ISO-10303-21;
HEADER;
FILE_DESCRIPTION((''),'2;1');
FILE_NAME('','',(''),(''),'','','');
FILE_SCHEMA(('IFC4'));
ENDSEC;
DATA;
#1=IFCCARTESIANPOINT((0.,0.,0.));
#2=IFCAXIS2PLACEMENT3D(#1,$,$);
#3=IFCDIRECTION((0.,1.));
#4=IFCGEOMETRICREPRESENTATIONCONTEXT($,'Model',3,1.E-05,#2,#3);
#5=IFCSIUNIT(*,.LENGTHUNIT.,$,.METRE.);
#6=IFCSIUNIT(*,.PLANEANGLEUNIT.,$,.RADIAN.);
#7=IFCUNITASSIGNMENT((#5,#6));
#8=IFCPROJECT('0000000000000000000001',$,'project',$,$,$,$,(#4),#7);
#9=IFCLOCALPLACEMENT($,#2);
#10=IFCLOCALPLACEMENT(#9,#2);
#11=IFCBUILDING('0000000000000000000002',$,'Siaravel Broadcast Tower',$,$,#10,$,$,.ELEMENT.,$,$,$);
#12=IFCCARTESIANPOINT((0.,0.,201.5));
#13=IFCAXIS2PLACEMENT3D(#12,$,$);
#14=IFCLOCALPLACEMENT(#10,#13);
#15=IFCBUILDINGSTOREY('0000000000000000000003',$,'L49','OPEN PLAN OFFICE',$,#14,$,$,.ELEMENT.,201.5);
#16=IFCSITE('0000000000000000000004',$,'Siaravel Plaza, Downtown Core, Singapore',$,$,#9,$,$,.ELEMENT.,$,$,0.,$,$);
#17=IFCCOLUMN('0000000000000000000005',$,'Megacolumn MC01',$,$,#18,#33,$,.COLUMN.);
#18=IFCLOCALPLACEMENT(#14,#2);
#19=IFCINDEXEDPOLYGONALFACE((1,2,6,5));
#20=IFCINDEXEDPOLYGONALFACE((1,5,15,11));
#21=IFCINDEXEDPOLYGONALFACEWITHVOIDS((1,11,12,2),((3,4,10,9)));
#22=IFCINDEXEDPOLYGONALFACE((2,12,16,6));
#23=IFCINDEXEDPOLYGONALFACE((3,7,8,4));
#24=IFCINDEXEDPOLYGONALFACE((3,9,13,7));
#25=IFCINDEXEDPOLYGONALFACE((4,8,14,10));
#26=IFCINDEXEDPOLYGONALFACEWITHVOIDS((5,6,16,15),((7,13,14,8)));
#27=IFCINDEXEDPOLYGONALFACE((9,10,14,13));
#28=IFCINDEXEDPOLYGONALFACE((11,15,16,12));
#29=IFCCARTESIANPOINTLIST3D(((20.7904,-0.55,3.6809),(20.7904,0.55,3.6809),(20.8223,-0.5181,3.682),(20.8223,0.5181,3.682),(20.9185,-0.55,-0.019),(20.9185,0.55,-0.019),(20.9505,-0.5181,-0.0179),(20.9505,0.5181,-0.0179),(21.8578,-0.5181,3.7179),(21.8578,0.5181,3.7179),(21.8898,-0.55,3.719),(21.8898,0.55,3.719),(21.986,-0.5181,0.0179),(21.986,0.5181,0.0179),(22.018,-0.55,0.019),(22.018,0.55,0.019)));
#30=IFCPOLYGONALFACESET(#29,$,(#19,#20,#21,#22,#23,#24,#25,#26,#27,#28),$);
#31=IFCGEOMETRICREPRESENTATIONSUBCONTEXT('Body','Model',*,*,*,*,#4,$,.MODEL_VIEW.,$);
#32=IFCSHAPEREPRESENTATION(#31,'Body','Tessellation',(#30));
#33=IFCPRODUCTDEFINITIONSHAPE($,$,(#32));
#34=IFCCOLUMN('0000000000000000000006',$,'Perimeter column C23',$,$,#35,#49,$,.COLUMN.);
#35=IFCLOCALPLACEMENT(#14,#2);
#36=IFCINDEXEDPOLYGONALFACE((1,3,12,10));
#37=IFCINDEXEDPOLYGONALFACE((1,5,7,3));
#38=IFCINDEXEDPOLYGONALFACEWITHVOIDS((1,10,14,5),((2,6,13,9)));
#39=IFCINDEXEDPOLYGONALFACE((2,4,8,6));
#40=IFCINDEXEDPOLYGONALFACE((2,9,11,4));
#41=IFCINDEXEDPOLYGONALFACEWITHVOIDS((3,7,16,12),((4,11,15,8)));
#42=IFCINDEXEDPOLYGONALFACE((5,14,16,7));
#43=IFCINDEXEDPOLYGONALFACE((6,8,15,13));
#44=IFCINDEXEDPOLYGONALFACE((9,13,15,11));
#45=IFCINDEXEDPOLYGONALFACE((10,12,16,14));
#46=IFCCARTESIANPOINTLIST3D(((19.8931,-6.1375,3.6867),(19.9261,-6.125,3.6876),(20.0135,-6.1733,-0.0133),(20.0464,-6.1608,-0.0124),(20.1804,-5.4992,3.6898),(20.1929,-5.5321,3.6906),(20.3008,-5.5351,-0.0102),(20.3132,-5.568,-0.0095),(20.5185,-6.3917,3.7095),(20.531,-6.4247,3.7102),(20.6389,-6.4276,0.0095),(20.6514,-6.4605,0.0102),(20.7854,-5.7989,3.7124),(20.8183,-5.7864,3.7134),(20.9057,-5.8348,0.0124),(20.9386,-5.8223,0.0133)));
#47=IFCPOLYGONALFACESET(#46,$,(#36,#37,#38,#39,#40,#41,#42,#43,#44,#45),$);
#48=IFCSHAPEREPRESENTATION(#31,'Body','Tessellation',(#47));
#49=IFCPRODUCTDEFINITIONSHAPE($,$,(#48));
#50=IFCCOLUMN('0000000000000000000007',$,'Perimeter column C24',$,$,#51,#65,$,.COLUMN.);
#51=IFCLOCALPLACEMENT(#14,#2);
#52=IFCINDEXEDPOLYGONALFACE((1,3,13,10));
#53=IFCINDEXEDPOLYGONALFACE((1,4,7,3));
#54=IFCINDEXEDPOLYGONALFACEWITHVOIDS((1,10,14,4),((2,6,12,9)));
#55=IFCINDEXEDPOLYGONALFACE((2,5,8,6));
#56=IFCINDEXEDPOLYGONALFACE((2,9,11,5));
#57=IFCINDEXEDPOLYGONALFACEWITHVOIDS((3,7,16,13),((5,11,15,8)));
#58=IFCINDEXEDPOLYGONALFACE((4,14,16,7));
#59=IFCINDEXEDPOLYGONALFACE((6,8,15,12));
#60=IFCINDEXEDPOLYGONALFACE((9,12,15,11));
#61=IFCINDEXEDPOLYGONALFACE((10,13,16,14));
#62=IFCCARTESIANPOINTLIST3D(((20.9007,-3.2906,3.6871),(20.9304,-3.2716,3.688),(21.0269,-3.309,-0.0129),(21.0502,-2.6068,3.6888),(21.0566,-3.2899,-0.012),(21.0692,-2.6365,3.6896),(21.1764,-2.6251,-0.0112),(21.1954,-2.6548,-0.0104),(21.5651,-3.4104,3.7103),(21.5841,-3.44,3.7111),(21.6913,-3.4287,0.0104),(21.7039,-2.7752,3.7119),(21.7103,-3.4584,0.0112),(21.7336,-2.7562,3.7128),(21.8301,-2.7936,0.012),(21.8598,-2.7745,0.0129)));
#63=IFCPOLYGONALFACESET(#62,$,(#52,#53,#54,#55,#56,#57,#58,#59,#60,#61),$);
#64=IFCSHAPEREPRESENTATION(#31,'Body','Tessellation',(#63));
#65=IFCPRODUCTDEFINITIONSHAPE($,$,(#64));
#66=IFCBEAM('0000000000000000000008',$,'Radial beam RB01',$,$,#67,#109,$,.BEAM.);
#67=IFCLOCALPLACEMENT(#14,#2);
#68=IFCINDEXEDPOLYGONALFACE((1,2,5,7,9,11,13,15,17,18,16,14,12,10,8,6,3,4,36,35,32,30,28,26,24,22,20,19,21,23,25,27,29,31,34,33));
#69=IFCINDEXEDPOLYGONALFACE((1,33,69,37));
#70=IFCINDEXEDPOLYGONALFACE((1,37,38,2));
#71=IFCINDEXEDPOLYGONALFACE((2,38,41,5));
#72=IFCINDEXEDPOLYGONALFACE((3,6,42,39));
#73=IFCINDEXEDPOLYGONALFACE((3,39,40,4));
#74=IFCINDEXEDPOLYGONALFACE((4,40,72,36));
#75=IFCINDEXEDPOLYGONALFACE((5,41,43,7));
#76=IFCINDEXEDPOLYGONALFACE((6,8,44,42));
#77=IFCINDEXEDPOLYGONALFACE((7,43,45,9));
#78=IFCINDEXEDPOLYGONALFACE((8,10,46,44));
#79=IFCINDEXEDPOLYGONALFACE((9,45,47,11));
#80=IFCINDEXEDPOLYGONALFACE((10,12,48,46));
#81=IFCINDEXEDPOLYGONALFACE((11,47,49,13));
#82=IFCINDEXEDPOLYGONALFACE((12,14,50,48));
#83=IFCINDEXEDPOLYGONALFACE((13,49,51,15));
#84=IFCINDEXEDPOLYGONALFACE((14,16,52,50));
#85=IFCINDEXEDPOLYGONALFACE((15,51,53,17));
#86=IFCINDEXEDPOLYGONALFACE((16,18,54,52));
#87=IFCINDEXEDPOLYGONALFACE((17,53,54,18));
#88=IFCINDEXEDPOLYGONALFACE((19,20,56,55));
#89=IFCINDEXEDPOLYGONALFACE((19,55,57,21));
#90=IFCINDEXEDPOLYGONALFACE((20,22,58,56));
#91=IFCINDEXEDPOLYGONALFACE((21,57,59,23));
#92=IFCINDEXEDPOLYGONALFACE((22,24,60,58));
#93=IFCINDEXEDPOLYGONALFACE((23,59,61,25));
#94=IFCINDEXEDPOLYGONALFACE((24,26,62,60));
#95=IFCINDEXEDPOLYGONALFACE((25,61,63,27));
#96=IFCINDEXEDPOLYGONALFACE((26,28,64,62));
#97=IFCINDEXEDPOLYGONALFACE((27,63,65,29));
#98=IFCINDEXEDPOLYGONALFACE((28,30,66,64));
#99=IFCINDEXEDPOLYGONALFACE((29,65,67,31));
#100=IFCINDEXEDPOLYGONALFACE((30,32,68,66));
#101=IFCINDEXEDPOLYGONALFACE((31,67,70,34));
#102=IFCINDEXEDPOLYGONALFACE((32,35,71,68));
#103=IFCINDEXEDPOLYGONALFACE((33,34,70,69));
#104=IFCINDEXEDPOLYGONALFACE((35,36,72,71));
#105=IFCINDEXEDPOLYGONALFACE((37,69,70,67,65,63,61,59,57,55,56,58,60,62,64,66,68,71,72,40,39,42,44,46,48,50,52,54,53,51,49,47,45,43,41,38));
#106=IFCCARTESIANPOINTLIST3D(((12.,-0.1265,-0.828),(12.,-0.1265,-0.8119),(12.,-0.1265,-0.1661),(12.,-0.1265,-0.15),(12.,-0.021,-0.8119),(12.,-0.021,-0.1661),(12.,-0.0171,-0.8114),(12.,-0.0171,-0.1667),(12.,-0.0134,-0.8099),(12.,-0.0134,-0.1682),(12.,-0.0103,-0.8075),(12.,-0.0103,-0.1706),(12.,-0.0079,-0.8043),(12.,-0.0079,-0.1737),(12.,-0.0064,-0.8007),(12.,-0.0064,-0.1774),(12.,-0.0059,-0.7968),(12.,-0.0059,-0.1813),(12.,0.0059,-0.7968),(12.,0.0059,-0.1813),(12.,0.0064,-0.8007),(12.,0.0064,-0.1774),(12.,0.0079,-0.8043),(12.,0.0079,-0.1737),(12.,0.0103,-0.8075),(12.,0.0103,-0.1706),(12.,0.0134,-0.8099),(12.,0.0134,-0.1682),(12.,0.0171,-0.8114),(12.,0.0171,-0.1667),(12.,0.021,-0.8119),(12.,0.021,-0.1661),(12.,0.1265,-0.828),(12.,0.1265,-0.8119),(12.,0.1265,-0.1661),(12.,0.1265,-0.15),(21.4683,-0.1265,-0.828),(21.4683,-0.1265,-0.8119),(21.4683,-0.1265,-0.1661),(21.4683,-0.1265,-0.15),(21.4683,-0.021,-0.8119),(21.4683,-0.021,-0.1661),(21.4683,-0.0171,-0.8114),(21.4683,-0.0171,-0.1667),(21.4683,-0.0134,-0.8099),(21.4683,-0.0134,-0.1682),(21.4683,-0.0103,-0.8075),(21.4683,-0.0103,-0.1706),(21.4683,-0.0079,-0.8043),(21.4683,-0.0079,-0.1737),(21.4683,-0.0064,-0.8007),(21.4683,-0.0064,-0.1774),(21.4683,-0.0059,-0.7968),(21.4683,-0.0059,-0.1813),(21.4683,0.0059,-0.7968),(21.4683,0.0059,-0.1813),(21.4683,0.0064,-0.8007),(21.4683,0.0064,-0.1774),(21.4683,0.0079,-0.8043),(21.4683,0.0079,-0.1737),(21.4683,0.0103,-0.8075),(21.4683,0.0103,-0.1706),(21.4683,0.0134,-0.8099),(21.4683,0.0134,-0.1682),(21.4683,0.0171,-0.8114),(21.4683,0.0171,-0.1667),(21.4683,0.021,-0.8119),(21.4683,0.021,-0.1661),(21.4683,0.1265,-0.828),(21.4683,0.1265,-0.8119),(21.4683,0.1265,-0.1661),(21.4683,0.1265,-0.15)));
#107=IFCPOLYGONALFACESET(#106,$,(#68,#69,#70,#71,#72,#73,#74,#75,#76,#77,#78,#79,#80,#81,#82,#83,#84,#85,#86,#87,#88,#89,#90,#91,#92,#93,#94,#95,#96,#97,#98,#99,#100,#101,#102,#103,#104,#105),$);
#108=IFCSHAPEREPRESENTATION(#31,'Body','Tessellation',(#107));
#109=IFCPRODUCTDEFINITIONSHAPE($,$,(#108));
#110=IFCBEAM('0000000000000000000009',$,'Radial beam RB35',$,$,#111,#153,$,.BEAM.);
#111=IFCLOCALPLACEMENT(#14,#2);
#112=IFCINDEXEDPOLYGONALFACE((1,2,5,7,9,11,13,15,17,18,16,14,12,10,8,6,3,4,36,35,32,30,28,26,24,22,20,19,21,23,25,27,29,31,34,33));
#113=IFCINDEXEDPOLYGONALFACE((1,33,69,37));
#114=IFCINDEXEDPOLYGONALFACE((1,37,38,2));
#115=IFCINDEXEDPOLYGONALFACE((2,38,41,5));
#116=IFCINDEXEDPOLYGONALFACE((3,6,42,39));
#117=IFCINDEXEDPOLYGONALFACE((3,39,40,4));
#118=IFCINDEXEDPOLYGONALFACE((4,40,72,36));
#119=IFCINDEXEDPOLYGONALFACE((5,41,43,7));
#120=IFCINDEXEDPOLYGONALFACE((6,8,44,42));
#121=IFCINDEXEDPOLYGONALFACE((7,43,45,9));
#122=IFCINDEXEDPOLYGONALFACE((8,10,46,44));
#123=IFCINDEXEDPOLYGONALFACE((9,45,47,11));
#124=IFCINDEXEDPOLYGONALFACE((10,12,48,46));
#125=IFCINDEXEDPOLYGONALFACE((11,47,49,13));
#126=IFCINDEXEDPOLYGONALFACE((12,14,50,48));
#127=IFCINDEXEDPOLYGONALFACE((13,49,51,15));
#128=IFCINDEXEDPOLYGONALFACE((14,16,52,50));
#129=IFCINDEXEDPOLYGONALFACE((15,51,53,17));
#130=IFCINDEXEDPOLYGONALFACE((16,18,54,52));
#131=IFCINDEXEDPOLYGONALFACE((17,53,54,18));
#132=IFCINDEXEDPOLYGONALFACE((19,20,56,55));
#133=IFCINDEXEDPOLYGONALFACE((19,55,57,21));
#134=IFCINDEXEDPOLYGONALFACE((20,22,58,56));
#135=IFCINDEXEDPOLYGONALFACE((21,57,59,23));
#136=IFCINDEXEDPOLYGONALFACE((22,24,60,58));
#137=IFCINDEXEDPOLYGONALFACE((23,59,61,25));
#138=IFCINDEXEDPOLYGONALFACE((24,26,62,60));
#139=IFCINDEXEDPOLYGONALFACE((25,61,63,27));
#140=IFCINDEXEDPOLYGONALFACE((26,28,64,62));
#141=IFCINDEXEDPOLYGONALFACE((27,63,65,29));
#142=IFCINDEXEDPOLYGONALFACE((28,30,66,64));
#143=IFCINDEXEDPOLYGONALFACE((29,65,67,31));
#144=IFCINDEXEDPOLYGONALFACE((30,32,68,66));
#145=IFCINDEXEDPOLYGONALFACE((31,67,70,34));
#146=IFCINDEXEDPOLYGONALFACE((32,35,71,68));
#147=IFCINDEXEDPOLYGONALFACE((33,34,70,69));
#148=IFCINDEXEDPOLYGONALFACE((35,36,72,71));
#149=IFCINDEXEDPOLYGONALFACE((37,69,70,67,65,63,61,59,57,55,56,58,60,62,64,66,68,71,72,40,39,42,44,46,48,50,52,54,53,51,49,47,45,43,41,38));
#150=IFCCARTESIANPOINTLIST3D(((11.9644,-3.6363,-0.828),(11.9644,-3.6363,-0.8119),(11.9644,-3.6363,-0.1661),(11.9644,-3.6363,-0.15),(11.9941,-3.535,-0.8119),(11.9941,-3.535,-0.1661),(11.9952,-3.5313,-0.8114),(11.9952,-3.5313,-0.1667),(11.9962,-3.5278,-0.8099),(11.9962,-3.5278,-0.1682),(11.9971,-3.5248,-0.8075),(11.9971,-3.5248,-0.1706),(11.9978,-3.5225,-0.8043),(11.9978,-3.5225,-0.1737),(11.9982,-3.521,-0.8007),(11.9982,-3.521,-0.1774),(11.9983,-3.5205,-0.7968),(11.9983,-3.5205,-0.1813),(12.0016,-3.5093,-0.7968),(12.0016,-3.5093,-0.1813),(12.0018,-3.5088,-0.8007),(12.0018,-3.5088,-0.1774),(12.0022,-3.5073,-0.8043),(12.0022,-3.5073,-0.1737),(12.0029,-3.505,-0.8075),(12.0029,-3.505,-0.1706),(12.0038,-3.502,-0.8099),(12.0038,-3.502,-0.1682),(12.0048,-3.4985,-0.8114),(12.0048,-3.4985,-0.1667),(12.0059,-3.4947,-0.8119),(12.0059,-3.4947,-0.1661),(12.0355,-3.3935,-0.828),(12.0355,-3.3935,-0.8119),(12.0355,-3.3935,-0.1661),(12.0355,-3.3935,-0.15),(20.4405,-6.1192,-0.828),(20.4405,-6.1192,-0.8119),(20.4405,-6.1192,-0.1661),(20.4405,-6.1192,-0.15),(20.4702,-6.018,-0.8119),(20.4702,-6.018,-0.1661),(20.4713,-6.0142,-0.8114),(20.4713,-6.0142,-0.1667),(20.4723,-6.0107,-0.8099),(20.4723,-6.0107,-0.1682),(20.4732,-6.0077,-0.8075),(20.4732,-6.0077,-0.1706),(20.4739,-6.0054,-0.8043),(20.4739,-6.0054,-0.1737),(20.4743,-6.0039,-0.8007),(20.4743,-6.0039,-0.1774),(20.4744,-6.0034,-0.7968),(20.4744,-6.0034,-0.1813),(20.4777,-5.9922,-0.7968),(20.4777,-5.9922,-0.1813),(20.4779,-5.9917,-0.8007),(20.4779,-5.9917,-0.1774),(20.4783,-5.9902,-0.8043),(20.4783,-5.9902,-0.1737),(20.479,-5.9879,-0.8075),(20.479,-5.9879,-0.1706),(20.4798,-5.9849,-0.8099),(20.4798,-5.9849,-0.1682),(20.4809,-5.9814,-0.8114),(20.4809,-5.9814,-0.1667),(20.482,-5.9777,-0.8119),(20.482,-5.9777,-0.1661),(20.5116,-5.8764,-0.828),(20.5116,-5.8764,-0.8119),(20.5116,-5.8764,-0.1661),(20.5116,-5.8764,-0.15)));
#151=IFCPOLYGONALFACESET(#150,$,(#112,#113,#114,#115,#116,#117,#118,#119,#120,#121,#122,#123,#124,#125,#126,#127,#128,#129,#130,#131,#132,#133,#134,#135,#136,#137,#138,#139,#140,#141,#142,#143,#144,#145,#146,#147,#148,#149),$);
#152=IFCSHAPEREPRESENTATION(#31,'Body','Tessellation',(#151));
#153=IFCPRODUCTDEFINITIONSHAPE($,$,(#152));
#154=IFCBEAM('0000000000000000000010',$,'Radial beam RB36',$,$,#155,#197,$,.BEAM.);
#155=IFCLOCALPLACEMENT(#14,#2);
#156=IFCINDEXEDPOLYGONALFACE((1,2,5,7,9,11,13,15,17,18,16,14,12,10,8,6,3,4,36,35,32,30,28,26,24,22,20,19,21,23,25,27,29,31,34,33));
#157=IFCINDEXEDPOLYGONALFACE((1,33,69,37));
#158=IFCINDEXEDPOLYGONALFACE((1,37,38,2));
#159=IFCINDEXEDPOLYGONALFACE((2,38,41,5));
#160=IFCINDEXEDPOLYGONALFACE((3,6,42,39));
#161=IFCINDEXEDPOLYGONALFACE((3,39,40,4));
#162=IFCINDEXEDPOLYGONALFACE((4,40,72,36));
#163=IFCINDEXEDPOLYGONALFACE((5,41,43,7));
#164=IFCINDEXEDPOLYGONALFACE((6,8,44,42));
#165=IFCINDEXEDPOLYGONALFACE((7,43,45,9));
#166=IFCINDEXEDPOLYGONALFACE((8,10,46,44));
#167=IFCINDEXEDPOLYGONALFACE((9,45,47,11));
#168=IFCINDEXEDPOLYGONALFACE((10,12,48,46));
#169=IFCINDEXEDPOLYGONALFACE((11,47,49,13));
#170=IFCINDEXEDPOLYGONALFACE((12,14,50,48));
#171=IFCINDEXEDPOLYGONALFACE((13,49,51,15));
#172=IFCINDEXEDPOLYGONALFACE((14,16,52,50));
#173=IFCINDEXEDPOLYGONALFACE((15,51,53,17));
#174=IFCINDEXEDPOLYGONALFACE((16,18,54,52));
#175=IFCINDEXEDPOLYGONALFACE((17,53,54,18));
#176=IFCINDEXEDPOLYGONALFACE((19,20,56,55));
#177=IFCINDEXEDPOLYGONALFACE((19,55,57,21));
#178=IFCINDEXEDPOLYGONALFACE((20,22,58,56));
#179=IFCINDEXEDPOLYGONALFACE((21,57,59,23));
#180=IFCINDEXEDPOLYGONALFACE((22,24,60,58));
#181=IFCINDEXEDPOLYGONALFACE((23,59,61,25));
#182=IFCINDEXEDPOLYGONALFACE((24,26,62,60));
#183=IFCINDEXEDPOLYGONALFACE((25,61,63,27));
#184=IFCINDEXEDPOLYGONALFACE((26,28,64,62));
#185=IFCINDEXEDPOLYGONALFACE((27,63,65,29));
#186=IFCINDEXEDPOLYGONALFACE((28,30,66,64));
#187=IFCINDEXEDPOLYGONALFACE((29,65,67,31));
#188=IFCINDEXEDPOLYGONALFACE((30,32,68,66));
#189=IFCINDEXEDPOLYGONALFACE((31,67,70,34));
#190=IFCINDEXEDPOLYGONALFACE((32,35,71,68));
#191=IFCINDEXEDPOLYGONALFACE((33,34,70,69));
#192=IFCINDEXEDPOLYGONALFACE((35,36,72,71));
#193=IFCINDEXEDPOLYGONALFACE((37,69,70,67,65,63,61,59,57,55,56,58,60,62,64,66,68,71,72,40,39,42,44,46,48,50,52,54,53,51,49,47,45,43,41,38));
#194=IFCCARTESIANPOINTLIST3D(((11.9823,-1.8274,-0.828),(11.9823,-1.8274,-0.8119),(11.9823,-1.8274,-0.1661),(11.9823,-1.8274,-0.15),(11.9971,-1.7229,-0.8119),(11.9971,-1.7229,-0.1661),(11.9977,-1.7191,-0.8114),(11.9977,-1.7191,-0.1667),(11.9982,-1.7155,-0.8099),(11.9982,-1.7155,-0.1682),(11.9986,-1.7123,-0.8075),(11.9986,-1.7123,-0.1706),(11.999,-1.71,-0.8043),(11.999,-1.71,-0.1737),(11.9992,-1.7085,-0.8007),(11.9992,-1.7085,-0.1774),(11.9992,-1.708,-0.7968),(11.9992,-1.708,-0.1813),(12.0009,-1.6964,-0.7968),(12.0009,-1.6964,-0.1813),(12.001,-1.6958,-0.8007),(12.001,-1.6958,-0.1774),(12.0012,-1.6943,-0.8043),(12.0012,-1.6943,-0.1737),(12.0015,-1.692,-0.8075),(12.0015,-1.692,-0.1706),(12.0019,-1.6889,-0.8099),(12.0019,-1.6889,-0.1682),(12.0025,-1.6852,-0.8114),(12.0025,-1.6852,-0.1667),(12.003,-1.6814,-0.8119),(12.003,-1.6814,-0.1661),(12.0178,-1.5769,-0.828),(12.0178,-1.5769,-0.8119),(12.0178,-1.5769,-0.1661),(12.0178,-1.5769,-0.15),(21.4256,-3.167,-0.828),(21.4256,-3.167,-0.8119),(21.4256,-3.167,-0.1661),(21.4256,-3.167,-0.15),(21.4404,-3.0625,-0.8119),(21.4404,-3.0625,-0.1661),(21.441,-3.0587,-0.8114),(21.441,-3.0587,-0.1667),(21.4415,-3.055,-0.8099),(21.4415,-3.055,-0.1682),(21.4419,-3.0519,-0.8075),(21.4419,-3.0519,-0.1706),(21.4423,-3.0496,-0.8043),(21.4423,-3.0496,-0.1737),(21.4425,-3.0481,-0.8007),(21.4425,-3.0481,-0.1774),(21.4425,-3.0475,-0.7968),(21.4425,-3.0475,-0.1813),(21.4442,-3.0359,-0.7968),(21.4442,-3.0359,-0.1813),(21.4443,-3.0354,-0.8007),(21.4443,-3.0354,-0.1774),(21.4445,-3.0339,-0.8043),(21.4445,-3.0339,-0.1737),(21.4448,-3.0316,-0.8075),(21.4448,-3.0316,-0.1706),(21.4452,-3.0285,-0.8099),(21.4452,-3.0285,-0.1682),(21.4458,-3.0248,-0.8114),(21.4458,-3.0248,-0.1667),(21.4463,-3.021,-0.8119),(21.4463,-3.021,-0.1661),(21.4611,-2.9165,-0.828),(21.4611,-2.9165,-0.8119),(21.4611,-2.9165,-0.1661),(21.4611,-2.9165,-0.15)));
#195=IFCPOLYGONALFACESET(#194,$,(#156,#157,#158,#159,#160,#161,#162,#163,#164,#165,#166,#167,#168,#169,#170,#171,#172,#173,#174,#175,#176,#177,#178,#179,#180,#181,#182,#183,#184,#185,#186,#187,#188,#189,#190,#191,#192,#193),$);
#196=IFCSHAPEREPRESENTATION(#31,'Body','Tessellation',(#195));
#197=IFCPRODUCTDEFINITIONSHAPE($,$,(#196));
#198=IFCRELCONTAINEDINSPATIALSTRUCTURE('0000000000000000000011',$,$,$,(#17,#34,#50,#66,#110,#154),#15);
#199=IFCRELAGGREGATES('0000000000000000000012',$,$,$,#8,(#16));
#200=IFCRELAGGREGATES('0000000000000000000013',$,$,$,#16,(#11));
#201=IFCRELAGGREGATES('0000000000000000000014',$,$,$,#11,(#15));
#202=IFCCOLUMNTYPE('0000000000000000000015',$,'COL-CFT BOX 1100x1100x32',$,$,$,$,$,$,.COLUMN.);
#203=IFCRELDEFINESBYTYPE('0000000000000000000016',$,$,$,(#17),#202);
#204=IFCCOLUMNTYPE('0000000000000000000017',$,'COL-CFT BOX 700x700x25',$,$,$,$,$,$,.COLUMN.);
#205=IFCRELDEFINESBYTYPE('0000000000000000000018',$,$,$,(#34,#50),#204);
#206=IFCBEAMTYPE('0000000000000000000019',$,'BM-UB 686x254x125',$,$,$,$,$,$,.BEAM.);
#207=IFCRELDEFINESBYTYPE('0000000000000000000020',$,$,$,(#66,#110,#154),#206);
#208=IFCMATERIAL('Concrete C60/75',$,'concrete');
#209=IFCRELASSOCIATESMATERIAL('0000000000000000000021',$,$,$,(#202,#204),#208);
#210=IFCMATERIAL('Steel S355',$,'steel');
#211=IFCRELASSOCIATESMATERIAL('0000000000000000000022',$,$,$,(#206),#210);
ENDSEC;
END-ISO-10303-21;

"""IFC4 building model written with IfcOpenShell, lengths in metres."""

from ifc_helpers import new_model, si_unit, direction, frame, origin, origin_2d, place, context, subcontext, project, spatial, hollow_rectangle, i_section, extrude, material, material_profile, profile_set, type_object, element, save


model = new_model("IFC4")

# Units and contexts
model_context = context("Model", 3, precision=1e-05, world=origin(), true_north=direction((0.0, 1.0)))
body_context = subcontext(model_context, "Body", "Model", "MODEL_VIEW")
ifc_project = project(units=[si_unit("LENGTHUNIT", "METRE"), si_unit("PLANEANGLEUNIT", "RADIAN")], contexts=[model_context])

# Site, building, storey
site_placement = place(None, origin())
site = spatial("IfcSite", under=ifc_project, at=site_placement, Name="Siaravel Plaza, Downtown Core, Singapore", CompositionType="ELEMENT", RefElevation=0.0)
building_placement = place(site_placement, origin())
building = spatial("IfcBuilding", under=site, at=building_placement, Name="Siaravel Broadcast Tower", CompositionType="ELEMENT")
storey_placement = place(building_placement, frame((0.0, 0.0, 201.5)))
storey = spatial("IfcBuildingStorey", under=building, at=storey_placement, Name="L49", Description="OPEN PLAN OFFICE", CompositionType="ELEMENT", Elevation=201.5)

# Columns
ifc_material_1 = material(Name="Concrete C60/75", Category="concrete")
ifc_material_profile_1 = material_profile(ifc_material_1, hollow_rectangle(XDim=1.1001, YDim=1.1001, WallThickness=0.032, at=origin_2d()))
ifc_profile_set_1 = profile_set([ifc_material_profile_1], Name="Concrete C60/75")
column_type_1 = type_object("IfcColumnType", Name="COL-CFT BOX 1100x1100x32", PredefinedType="COLUMN", material=ifc_profile_set_1)
column_placement = place(storey_placement, frame((21.4683, 0.0, 0.0), z_axis=(-0.034621, 0.0, 0.999401), x_axis=(0.0, -1.0, 0.0)))
element("IfcColumn", 1, at=column_placement, inside=storey, type_object=column_type_1, Name="Megacolumn MC01", PredefinedType="COLUMN", context=body_context, shape_type="SweptSolid", body=[
    extrude(hollow_rectangle(XDim=1.1001, YDim=1.1001, WallThickness=0.032, at=origin_2d()), origin(), (0.0, 0.0, 1.0), 3.7021),
])
ifc_material_profile_2 = material_profile(ifc_material_1, hollow_rectangle(XDim=0.7, YDim=0.7, WallThickness=0.0249, at=origin_2d()))
ifc_profile_set_2 = profile_set([ifc_material_profile_2], Name="Concrete C60/75")
column_type_2 = type_object("IfcColumnType", Name="COL-CFT BOX 700x700x25", PredefinedType="COLUMN", material=ifc_profile_set_2)
for number, where, z_axis, x_axis, name in (
    (2, (20.4761, -5.9978, 0.0), (-0.032512, 0.009694, 0.999424), (-0.410411, -0.91189, -0.004506), "Perimeter column C23"),
    (3, (21.4434, -3.0417, 0.0), (-0.034094, 0.004946, 0.999406), (-0.213486, -0.976943, -0.002448), "Perimeter column C24"),
):
    element("IfcColumn", number, at=place(storey_placement, frame(where, z_axis=z_axis, x_axis=x_axis)), inside=storey, type_object=column_type_2, Name=name, PredefinedType="COLUMN", context=body_context, shape_type="SweptSolid", body=[
        extrude(hollow_rectangle(XDim=0.7, YDim=0.7, WallThickness=0.0249, at=origin_2d()), origin(), (0.0, 0.0, 1.0), 3.7021),
    ])

# Beams
ifc_material_2 = material(Name="Steel S355", Category="steel")
ifc_material_profile_3 = material_profile(ifc_material_2, i_section(OverallWidth=0.2529, OverallDepth=0.678, WebThickness=0.0117, FlangeThickness=0.0161, FilletRadius=0.0151, at=origin_2d()))
ifc_profile_set_3 = profile_set([ifc_material_profile_3], Name="Steel S355")
beam_type = type_object("IfcBeamType", Name="BM-UB 686x254x125", PredefinedType="BEAM", material=ifc_profile_set_3)
beam_1_placement = place(storey_placement, frame((21.4683, 0.0, -0.489), z_axis=(-1.0, 0.0, 0.0), x_axis=(0.0, -1.0, 0.0)))
element("IfcBeam", 4, at=beam_1_placement, inside=storey, type_object=beam_type, Name="Radial beam RB01", PredefinedType="BEAM", context=body_context, shape_type="SweptSolid", body=[
    extrude(i_section(OverallWidth=0.2529, OverallDepth=0.678, WebThickness=0.0117, FlangeThickness=0.0161, FilletRadius=0.0151, at=origin_2d()), origin(), (0.0, 0.0, 1.0), 9.4683),
])
beam_2_placement = place(storey_placement, frame((20.4761, -5.9978, -0.489), z_axis=(-0.959673, 0.281119, 0.0), x_axis=(-0.281119, -0.959673, 0.0)))
element("IfcBeam", 5, at=beam_2_placement, inside=storey, type_object=beam_type, Name="Radial beam RB35", PredefinedType="BEAM", context=body_context, shape_type="SweptSolid", body=[
    extrude(i_section(OverallWidth=0.2529, OverallDepth=0.678, WebThickness=0.0117, FlangeThickness=0.0161, FilletRadius=0.0151, at=origin_2d()), origin(), (0.0, 0.0, 1.0), 8.8323),
])
beam_3_placement = place(storey_placement, frame((21.4434, -3.0417, -0.489), z_axis=(-0.990088, 0.14045, 0.0), x_axis=(-0.14045, -0.990088, 0.0)))
element("IfcBeam", 6, at=beam_3_placement, inside=storey, type_object=beam_type, Name="Radial beam RB36", PredefinedType="BEAM", context=body_context, shape_type="SweptSolid", body=[
    extrude(i_section(OverallWidth=0.2529, OverallDepth=0.678, WebThickness=0.0117, FlangeThickness=0.0161, FilletRadius=0.0151, at=origin_2d()), origin(), (0.0, 0.0, 1.0), 9.5378),
])

save(model, "model.ifc")
